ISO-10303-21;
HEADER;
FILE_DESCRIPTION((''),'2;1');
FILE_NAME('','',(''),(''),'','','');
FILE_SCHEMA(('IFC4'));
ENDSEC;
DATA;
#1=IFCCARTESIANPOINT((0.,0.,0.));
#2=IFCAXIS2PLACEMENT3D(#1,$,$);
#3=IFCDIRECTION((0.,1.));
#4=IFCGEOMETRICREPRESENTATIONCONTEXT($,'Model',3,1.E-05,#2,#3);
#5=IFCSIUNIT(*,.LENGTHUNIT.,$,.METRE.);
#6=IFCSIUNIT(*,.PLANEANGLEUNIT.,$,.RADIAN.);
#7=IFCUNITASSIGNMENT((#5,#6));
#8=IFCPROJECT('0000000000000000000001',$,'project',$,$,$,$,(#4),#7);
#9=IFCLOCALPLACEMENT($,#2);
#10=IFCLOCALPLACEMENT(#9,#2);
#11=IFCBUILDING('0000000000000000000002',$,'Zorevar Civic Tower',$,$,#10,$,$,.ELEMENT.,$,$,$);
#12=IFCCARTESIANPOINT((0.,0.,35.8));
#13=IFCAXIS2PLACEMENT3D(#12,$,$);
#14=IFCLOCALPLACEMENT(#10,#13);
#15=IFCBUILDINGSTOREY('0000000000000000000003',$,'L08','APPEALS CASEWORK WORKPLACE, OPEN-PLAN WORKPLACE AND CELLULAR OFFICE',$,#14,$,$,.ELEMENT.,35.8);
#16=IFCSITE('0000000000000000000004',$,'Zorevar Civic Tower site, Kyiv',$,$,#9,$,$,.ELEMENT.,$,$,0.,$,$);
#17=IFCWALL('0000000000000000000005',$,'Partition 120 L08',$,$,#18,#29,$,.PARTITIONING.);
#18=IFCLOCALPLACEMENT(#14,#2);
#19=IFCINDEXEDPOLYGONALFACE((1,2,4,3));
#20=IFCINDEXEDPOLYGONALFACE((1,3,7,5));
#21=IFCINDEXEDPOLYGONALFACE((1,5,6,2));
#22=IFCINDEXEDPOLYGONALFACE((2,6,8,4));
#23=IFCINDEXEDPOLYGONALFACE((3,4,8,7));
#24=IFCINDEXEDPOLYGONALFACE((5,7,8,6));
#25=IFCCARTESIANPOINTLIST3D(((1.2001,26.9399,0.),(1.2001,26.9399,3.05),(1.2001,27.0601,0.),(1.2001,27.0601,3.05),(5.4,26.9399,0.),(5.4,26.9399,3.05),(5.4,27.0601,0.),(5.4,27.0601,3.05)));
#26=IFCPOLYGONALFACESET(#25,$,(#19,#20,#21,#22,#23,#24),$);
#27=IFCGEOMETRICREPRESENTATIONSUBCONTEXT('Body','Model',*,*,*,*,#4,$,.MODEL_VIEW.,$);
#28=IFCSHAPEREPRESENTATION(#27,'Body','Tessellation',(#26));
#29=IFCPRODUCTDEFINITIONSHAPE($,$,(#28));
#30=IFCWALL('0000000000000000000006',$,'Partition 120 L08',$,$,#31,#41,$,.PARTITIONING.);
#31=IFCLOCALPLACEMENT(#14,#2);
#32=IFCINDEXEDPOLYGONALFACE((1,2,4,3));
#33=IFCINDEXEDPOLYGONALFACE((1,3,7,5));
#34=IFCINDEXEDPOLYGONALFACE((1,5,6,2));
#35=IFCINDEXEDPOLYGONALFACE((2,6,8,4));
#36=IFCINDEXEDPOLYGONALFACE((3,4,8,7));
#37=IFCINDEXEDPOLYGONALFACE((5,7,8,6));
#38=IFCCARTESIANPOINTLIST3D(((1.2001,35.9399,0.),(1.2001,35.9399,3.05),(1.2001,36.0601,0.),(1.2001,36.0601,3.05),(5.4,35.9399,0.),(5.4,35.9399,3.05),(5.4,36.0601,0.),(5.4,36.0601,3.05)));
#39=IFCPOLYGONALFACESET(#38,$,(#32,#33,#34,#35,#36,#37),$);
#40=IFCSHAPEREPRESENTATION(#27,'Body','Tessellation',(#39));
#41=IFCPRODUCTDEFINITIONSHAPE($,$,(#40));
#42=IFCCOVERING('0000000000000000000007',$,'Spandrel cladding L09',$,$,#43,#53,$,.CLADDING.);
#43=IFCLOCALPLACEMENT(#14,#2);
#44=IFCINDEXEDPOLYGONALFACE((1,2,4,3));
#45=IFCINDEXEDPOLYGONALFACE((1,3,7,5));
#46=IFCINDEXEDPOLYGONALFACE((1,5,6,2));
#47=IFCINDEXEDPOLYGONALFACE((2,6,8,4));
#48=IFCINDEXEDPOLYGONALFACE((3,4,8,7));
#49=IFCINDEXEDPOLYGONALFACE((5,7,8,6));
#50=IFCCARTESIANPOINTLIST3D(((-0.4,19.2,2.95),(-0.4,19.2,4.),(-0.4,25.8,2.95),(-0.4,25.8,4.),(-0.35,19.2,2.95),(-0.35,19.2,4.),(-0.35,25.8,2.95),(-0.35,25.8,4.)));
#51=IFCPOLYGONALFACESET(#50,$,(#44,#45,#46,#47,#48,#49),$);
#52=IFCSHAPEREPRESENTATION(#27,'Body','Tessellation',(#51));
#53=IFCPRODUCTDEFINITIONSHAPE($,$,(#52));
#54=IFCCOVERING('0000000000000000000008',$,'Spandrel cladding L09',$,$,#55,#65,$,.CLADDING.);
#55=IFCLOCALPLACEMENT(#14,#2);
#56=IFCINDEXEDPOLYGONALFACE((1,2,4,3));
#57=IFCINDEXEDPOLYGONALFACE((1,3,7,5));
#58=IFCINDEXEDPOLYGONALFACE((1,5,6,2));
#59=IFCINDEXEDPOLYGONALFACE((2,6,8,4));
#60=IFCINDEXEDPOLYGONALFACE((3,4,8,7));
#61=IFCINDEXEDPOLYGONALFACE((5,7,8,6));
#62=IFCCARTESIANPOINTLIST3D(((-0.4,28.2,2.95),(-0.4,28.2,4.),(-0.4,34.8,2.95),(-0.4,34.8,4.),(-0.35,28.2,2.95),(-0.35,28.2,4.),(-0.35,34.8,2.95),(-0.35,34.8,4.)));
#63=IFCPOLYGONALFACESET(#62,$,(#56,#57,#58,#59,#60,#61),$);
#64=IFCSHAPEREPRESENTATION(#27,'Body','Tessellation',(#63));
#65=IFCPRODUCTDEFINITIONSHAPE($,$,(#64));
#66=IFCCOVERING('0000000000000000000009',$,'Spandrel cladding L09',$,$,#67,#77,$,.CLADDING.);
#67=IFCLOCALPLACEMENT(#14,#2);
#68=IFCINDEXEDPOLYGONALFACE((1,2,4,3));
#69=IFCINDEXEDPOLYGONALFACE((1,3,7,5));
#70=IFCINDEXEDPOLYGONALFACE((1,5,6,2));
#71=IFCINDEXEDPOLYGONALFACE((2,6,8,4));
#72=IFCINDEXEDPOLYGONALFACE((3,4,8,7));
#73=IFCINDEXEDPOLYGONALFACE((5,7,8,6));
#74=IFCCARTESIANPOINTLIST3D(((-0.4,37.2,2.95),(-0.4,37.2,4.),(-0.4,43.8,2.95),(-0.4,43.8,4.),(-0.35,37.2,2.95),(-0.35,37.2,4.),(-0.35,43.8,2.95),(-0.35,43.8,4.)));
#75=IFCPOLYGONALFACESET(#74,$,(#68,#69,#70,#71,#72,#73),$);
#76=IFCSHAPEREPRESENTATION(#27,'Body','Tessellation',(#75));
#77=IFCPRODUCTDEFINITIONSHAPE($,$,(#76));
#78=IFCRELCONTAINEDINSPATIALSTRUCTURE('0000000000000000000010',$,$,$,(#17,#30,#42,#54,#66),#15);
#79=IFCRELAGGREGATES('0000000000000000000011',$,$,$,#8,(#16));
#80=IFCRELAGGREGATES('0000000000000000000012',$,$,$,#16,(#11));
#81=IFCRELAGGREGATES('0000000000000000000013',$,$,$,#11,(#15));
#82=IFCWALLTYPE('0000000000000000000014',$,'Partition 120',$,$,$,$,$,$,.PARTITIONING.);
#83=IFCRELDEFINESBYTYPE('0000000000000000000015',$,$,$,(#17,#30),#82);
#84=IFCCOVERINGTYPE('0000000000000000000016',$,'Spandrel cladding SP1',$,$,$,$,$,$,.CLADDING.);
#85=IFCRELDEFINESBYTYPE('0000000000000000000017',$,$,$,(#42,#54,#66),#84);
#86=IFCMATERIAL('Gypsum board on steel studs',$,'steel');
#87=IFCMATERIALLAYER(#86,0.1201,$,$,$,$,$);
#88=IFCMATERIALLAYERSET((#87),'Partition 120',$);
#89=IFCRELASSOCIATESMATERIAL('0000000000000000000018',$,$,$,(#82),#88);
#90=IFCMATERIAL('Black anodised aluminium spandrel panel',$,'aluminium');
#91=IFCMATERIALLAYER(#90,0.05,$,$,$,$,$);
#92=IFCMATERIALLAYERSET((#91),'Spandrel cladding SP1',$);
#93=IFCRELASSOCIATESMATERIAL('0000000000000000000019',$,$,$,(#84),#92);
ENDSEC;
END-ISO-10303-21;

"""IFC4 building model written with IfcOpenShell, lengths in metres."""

from ifc_helpers import new_model, si_unit, direction, frame, frame_2d, origin, place, context, subcontext, project, spatial, rectangle, extrude, material, layer, layer_set, type_object, element, save


model = new_model("IFC4")

# Units and contexts
model_context = context("Model", 3, precision=1e-05, world=origin(), true_north=direction((0.0, 1.0)))
body_context = subcontext(model_context, "Body", "Model", "MODEL_VIEW")
ifc_project = project(units=[si_unit("LENGTHUNIT", "METRE"), si_unit("PLANEANGLEUNIT", "RADIAN")], contexts=[model_context])

# Site, building, storey
site_placement = place(None, origin())
site = spatial("IfcSite", under=ifc_project, at=site_placement, Name="Zorevar Civic Tower site, Kyiv", CompositionType="ELEMENT", RefElevation=0.0)
building_placement = place(site_placement, origin())
building = spatial("IfcBuilding", under=site, at=building_placement, Name="Zorevar Civic Tower", CompositionType="ELEMENT")
storey_placement = place(building_placement, frame((0.0, 0.0, 35.8)))
storey = spatial("IfcBuildingStorey", under=building, at=storey_placement, Name="L08", Description="APPEALS CASEWORK WORKPLACE, OPEN-PLAN WORKPLACE AND CELLULAR OFFICE", CompositionType="ELEMENT", Elevation=35.8)

# Walls
ifc_material_1 = material(Name="Gypsum board on steel studs", Category="steel")
ifc_layer_1 = layer(ifc_material_1, 0.1201)
ifc_layer_set_1 = layer_set([ifc_layer_1], Name="Partition 120")
wall_type = type_object("IfcWallType", Name="Partition 120", PredefinedType="PARTITIONING", material=ifc_layer_set_1)
for number, where, z_axis, x_axis, name in (
    (1, (1.2, 27.0, 0.0), (0.0, 0.0, 1.0), (1.0, 0.0, 0.0), "Partition 120 L08"),
    (2, (1.2, 36.0, 0.0), (0.0, 0.0, 1.0), (1.0, 0.0, 0.0), "Partition 120 L08"),
):
    element("IfcWall", number, at=place(storey_placement, frame(where, z_axis=z_axis, x_axis=x_axis)), inside=storey, type_object=wall_type, Name=name, PredefinedType="PARTITIONING", context=body_context, shape_type="SweptSolid", body=[
        extrude(rectangle(XDim=4.2, YDim=0.1201, at=frame_2d((2.1001, 0.0))), origin(), (0.0, 0.0, 1.0), 3.05),
    ])

# Coverings
ifc_material_2 = material(Name="Black anodised aluminium spandrel panel", Category="aluminium")
ifc_layer_2 = layer(ifc_material_2, 0.05)
ifc_layer_set_2 = layer_set([ifc_layer_2], Name="Spandrel cladding SP1")
covering_type = type_object("IfcCoveringType", Name="Spandrel cladding SP1", PredefinedType="CLADDING", material=ifc_layer_set_2)
for number, where, z_axis, x_axis, name in (
    (3, (-0.375, 19.2, 2.95), (0.0, 0.0, 1.0), (0.0, 1.0, 0.0), "Spandrel cladding L09"),
    (4, (-0.375, 28.2, 2.95), (0.0, 0.0, 1.0), (0.0, 1.0, 0.0), "Spandrel cladding L09"),
    (5, (-0.375, 37.2, 2.95), (0.0, 0.0, 1.0), (0.0, 1.0, 0.0), "Spandrel cladding L09"),
):
    element("IfcCovering", number, at=place(storey_placement, frame(where, z_axis=z_axis, x_axis=x_axis)), inside=storey, type_object=covering_type, Name=name, PredefinedType="CLADDING", context=body_context, shape_type="SweptSolid", body=[
        extrude(rectangle(XDim=6.6001, YDim=0.05, at=frame_2d((3.3, 0.0))), origin(), (0.0, 0.0, 1.0), 1.05),
    ])

save(model, "model.ifc")
